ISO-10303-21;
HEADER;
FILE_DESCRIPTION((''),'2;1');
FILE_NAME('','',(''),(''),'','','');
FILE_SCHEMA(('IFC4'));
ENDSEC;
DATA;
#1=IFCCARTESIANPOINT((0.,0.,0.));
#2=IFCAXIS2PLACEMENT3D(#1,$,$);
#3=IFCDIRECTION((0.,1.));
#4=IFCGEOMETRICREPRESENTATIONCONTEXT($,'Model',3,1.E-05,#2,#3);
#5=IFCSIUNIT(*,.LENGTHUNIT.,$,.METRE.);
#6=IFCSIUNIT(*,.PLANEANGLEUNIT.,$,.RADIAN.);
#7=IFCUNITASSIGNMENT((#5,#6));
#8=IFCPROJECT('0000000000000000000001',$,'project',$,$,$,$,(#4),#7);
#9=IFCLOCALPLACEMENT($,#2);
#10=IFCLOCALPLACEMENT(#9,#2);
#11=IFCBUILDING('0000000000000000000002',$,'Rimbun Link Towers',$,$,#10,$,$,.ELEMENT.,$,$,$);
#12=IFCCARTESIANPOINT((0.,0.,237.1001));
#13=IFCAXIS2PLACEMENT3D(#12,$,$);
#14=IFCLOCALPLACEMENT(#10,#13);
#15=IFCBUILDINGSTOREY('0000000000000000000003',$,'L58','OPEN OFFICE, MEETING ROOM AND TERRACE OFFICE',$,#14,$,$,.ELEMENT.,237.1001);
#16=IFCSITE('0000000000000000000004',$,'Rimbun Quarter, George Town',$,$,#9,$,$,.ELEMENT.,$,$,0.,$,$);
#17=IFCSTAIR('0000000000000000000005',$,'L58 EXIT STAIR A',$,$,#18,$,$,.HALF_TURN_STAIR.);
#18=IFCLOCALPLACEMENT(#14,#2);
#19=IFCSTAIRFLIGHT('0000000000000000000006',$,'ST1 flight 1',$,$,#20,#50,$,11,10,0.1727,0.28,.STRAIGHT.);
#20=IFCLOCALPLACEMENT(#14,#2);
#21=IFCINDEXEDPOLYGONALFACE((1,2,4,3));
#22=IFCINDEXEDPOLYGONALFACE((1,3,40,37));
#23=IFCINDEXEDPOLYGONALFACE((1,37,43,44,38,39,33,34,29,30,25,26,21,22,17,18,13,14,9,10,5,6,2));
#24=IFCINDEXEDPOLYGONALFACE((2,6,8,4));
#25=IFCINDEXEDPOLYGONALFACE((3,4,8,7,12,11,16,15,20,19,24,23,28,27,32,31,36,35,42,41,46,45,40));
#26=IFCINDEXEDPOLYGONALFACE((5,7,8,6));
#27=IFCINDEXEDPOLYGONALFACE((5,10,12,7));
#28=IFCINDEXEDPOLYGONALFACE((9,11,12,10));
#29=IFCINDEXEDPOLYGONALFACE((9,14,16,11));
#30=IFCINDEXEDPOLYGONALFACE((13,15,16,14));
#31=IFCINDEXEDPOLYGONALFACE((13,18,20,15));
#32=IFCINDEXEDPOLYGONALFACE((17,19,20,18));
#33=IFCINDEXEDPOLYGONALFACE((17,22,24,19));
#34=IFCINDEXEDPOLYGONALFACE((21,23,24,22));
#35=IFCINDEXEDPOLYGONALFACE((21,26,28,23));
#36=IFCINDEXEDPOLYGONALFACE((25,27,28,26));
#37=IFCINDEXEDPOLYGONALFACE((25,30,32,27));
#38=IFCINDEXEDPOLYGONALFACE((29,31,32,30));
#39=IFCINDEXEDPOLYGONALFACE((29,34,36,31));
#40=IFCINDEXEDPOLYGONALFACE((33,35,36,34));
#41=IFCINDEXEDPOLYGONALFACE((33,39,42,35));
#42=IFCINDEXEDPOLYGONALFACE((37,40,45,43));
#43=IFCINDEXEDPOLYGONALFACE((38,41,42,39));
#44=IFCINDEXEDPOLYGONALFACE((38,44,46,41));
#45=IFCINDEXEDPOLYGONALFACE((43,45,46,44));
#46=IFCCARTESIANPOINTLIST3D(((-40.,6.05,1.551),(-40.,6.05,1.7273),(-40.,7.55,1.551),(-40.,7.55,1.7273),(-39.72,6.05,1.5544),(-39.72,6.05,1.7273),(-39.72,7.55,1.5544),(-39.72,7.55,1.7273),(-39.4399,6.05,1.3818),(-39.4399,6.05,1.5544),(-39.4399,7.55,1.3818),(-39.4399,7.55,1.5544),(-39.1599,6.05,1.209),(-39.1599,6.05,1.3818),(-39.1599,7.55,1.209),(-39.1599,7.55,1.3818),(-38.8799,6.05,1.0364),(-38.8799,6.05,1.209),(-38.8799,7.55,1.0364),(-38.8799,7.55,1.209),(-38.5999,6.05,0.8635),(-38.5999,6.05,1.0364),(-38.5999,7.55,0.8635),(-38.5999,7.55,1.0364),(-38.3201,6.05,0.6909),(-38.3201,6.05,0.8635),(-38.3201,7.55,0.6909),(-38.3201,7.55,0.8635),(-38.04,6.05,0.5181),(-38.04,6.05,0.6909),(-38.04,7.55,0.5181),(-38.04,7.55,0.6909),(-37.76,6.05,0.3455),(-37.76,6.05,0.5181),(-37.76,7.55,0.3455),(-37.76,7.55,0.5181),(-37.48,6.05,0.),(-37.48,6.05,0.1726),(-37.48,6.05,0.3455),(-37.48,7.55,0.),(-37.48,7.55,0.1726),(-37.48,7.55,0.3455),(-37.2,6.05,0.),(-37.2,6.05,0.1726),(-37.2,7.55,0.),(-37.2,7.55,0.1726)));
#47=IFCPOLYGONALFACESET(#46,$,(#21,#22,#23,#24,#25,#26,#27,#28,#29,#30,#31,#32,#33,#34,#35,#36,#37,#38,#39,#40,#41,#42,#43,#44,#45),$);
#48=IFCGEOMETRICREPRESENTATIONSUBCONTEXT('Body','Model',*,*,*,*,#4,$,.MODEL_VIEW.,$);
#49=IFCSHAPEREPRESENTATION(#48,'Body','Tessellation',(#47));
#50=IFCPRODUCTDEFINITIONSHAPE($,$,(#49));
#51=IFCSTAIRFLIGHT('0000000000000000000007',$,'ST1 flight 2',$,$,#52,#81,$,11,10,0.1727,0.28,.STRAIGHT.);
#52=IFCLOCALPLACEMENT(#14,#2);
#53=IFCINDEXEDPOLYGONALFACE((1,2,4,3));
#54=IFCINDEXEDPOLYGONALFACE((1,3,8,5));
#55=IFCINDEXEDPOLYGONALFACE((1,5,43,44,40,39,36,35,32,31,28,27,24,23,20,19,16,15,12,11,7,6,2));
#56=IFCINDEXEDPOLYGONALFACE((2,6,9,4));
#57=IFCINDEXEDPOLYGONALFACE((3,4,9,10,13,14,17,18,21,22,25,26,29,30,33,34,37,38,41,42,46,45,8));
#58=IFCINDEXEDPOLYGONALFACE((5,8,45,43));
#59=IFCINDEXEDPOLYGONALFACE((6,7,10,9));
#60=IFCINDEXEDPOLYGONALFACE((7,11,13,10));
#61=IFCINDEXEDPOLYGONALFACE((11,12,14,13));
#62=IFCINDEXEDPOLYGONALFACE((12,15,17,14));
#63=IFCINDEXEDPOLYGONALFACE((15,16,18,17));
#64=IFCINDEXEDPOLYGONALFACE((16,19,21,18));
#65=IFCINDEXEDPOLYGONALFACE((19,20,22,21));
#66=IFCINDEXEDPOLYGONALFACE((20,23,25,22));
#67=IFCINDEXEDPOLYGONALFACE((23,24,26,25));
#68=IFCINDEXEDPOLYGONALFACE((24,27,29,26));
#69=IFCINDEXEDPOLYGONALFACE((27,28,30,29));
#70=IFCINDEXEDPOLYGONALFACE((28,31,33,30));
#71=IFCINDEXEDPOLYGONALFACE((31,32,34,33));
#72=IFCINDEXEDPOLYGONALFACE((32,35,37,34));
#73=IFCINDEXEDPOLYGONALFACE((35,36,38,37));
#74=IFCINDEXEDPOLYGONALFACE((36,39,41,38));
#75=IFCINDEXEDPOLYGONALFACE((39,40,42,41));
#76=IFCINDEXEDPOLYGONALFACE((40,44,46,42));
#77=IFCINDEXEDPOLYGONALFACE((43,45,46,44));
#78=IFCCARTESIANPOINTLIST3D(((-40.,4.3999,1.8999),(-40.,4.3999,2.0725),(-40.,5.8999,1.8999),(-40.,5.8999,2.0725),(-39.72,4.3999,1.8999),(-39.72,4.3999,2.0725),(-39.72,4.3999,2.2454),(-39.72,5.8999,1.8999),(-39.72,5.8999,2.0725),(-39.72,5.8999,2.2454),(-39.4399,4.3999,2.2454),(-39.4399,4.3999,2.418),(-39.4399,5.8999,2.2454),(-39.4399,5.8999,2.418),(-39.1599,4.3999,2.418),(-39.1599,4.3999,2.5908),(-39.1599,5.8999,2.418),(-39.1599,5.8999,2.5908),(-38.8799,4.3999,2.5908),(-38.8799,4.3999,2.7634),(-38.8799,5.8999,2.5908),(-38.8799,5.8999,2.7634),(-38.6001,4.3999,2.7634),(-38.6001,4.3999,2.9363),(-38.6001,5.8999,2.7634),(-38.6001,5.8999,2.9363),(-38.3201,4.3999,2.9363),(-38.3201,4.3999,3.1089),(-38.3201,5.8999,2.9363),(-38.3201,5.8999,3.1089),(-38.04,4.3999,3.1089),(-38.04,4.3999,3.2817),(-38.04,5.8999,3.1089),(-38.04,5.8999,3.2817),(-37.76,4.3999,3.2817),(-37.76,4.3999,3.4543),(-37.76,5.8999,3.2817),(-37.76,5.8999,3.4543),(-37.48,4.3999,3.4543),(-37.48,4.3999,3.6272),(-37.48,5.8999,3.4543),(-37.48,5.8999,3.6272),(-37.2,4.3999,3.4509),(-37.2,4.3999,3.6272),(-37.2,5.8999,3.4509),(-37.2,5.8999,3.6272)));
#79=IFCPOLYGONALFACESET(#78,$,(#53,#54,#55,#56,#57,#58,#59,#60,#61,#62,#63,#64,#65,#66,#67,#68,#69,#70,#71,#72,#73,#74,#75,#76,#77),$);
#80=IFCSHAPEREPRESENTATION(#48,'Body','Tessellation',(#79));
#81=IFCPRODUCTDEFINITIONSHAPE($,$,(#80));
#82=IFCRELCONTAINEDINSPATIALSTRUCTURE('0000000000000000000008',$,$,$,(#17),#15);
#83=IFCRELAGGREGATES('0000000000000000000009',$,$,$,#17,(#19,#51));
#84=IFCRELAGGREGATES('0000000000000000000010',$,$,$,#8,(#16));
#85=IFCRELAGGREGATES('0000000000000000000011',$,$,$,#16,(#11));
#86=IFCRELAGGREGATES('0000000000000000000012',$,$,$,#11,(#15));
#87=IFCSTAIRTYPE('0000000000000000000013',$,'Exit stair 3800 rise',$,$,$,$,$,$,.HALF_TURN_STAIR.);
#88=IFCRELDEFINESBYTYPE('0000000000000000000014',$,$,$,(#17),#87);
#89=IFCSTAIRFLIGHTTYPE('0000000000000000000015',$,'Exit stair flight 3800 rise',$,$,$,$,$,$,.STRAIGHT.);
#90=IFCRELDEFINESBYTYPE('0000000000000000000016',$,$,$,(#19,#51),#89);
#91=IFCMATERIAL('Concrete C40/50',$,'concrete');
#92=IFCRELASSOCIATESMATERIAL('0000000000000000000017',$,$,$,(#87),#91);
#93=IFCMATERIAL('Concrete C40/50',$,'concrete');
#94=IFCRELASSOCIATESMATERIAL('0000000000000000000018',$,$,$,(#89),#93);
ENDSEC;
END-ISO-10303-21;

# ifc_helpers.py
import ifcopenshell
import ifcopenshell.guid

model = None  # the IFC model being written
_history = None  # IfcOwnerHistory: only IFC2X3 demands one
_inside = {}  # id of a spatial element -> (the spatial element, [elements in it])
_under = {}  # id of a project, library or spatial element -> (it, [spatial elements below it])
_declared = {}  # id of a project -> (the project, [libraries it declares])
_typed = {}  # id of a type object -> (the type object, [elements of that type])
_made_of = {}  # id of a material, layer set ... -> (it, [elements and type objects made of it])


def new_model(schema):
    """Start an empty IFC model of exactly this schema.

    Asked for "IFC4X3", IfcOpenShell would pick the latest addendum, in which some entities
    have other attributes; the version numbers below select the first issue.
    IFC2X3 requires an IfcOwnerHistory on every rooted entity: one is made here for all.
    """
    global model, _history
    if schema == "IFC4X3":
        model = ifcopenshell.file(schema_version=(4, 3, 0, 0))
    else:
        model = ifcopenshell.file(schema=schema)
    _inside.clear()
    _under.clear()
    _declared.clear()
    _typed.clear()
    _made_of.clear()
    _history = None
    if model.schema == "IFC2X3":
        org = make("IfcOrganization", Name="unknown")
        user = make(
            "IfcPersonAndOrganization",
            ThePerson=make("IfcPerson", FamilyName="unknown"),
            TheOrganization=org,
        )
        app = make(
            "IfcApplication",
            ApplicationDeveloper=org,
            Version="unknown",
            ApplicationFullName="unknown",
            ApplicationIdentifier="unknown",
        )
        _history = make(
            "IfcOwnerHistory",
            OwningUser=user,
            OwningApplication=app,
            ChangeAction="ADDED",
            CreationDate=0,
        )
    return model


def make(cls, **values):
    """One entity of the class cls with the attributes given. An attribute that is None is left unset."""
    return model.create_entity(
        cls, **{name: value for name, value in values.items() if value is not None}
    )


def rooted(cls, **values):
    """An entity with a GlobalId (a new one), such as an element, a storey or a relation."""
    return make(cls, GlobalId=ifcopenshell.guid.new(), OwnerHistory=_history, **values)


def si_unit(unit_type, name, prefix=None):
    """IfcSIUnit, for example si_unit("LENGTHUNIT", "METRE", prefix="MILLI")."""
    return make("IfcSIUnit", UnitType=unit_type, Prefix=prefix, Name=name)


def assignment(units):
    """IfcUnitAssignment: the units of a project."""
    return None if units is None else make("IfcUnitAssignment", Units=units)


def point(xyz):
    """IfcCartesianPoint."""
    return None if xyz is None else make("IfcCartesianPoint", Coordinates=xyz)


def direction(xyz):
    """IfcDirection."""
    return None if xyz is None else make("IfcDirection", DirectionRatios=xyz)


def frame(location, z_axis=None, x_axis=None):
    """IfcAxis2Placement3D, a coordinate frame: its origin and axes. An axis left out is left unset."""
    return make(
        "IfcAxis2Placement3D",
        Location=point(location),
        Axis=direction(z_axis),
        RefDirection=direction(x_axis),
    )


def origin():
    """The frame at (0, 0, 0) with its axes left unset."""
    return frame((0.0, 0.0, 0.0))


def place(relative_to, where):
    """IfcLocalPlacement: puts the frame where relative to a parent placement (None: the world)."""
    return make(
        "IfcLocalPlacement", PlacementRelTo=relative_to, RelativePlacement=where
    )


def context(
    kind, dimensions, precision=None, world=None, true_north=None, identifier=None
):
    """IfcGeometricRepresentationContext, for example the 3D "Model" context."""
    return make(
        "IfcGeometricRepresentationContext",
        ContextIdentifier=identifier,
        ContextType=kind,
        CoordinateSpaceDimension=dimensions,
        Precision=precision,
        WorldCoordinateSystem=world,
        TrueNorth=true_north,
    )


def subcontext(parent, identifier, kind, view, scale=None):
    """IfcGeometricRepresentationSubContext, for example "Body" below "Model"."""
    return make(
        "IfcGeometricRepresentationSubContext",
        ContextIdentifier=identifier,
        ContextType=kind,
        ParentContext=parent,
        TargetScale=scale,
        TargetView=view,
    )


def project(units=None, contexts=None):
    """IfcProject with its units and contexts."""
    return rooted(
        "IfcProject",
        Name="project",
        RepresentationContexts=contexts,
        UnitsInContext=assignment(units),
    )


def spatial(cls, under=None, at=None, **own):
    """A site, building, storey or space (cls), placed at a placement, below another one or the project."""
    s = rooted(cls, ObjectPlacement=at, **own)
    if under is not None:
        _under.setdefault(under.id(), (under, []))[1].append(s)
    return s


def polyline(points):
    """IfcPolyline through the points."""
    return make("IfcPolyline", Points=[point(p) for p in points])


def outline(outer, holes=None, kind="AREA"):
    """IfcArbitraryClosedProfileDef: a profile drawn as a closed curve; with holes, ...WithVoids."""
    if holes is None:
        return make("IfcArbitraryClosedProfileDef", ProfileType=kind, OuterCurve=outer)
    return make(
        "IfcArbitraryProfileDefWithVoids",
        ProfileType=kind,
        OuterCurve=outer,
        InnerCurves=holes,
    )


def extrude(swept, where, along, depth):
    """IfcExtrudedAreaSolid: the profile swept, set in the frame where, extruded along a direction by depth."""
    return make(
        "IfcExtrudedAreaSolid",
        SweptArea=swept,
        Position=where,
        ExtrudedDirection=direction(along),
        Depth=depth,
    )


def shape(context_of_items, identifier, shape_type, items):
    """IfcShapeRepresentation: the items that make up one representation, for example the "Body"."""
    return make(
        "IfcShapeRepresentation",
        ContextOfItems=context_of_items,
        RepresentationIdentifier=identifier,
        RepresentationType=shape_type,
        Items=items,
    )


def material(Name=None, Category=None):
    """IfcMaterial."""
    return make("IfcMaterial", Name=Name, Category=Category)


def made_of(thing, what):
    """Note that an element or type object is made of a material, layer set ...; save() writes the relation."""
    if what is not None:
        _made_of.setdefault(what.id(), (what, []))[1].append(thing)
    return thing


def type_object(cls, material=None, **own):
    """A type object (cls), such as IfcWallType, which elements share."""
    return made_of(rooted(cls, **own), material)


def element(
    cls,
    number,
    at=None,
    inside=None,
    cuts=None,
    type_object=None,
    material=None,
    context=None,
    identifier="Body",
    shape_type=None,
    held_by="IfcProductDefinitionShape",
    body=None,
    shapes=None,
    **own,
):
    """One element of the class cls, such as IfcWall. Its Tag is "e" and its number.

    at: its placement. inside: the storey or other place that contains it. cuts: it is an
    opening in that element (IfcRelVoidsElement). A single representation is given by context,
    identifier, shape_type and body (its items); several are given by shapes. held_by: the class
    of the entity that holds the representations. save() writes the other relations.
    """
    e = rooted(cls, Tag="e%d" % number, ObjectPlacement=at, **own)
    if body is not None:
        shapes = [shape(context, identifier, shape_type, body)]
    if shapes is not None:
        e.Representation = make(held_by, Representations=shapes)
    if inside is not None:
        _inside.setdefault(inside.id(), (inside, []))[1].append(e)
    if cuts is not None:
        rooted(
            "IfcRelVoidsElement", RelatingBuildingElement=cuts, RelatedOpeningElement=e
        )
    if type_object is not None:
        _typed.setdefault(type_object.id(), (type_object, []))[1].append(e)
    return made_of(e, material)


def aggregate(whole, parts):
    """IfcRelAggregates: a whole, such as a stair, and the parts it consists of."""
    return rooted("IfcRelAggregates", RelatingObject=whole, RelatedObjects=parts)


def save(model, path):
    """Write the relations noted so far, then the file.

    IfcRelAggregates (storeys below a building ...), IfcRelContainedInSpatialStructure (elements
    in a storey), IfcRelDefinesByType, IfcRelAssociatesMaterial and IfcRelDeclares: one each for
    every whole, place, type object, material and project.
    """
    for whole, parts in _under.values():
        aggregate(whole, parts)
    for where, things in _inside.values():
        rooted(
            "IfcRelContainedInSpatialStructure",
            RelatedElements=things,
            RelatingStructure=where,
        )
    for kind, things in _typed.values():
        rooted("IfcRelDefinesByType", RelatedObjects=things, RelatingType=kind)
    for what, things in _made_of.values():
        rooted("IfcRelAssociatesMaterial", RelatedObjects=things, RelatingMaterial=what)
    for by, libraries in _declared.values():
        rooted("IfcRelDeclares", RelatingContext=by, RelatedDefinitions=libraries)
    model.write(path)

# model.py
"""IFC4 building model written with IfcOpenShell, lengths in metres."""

from ifc_helpers import new_model, si_unit, direction, frame, origin, place, context, subcontext, project, spatial, polyline, outline, extrude, material, type_object, element, aggregate, save


model = new_model("IFC4")

# Units and contexts
model_context = context("Model", 3, precision=1e-05, world=origin(), true_north=direction((0.0, 1.0)))
body_context = subcontext(model_context, "Body", "Model", "MODEL_VIEW")
ifc_project = project(units=[si_unit("LENGTHUNIT", "METRE"), si_unit("PLANEANGLEUNIT", "RADIAN")], contexts=[model_context])

# Site, building, storey
site_placement = place(None, origin())
site = spatial("IfcSite", under=ifc_project, at=site_placement, Name="Rimbun Quarter, George Town", CompositionType="ELEMENT", RefElevation=0.0)
building_placement = place(site_placement, origin())
building = spatial("IfcBuilding", under=site, at=building_placement, Name="Rimbun Link Towers", CompositionType="ELEMENT")
storey_placement = place(building_placement, frame((0.0, 0.0, 237.1001)))
storey = spatial("IfcBuildingStorey", under=building, at=storey_placement, Name="L58", Description="OPEN OFFICE, MEETING ROOM AND TERRACE OFFICE", CompositionType="ELEMENT", Elevation=237.1001)

# Stair, stair flights
ifc_material_1 = material(Name="Concrete C40/50", Category="concrete")
stair_type = type_object("IfcStairType", Name="Exit stair 3800 rise", PredefinedType="HALF_TURN_STAIR", material=ifc_material_1)
stair_placement = place(storey_placement, origin())
stair = element("IfcStair", 1, at=stair_placement, inside=storey, type_object=stair_type, Name="L58 EXIT STAIR A", PredefinedType="HALF_TURN_STAIR")
ifc_material_2 = material(Name="Concrete C40/50", Category="concrete")
stair_flight_type = type_object("IfcStairFlightType", Name="Exit stair flight 3800 rise", PredefinedType="STRAIGHT", material=ifc_material_2)
stair_flight_1_placement = place(storey_placement, frame((-37.2, 6.8, 0.0), z_axis=(0.0, 0.0, 1.0), x_axis=(-1.0, 0.0, 0.0)))
stair_flight_1 = element("IfcStairFlight", 2, at=stair_flight_1_placement, type_object=stair_flight_type, Name="ST1 flight 1", NumberOfRisers=11, NumberOfTreads=10, PredefinedType="STRAIGHT", RiserHeight=0.1727, TreadLength=0.28, context=body_context, shape_type="SweptSolid", body=[
    extrude(outline(polyline([(0.0, 0.0), (0.0, 0.1726), (0.28, 0.1726), (0.28, 0.3455), (0.5601, 0.3455), (0.5601, 0.5181), (0.8401, 0.5181), (0.8401, 0.6909), (1.1201, 0.6909), (1.1201, 0.8635), (1.3999, 0.8635), (1.3999, 1.0364), (1.6799, 1.0364), (1.6799, 1.209), (1.96, 1.209), (1.96, 1.3818), (2.24, 1.3818), (2.24, 1.5544), (2.52, 1.5544), (2.52, 1.7273), (2.8, 1.7273), (2.8, 1.8999), (2.8, 1.551), (0.28, 0.0), (0.0, 0.0)])), frame((0.0, 0.75, 0.0), z_axis=(0.0, -1.0, 0.0), x_axis=(1.0, 0.0, 0.0)), (0.0, 0.0, 1.0), 1.5),
])
stair_flight_2_placement = place(storey_placement, frame((-40.0, 5.1499, 1.8999), z_axis=(0.0, 0.0, 1.0), x_axis=(1.0, 0.0, 0.0)))
stair_flight_2 = element("IfcStairFlight", 3, at=stair_flight_2_placement, type_object=stair_flight_type, Name="ST1 flight 2", NumberOfRisers=11, NumberOfTreads=10, PredefinedType="STRAIGHT", RiserHeight=0.1727, TreadLength=0.28, context=body_context, shape_type="SweptSolid", body=[
    extrude(outline(polyline([(0.0, 0.0), (0.0, 0.1726), (0.28, 0.1726), (0.28, 0.3455), (0.5601, 0.3455), (0.5601, 0.5181), (0.8401, 0.5181), (0.8401, 0.6909), (1.1201, 0.6909), (1.1201, 0.8635), (1.3999, 0.8635), (1.3999, 1.0364), (1.6799, 1.0364), (1.6799, 1.209), (1.96, 1.209), (1.96, 1.3818), (2.24, 1.3818), (2.24, 1.5544), (2.52, 1.5544), (2.52, 1.7273), (2.8, 1.7273), (2.8, 1.8999), (2.8, 1.551), (0.28, 0.0), (0.0, 0.0)])), frame((0.0, 0.75, 0.0), z_axis=(0.0, -1.0, 0.0), x_axis=(1.0, 0.0, 0.0)), (0.0, 0.0, 1.0), 1.5),
])
aggregate(stair, [stair_flight_1, stair_flight_2])

save(model, "model.ifc")
